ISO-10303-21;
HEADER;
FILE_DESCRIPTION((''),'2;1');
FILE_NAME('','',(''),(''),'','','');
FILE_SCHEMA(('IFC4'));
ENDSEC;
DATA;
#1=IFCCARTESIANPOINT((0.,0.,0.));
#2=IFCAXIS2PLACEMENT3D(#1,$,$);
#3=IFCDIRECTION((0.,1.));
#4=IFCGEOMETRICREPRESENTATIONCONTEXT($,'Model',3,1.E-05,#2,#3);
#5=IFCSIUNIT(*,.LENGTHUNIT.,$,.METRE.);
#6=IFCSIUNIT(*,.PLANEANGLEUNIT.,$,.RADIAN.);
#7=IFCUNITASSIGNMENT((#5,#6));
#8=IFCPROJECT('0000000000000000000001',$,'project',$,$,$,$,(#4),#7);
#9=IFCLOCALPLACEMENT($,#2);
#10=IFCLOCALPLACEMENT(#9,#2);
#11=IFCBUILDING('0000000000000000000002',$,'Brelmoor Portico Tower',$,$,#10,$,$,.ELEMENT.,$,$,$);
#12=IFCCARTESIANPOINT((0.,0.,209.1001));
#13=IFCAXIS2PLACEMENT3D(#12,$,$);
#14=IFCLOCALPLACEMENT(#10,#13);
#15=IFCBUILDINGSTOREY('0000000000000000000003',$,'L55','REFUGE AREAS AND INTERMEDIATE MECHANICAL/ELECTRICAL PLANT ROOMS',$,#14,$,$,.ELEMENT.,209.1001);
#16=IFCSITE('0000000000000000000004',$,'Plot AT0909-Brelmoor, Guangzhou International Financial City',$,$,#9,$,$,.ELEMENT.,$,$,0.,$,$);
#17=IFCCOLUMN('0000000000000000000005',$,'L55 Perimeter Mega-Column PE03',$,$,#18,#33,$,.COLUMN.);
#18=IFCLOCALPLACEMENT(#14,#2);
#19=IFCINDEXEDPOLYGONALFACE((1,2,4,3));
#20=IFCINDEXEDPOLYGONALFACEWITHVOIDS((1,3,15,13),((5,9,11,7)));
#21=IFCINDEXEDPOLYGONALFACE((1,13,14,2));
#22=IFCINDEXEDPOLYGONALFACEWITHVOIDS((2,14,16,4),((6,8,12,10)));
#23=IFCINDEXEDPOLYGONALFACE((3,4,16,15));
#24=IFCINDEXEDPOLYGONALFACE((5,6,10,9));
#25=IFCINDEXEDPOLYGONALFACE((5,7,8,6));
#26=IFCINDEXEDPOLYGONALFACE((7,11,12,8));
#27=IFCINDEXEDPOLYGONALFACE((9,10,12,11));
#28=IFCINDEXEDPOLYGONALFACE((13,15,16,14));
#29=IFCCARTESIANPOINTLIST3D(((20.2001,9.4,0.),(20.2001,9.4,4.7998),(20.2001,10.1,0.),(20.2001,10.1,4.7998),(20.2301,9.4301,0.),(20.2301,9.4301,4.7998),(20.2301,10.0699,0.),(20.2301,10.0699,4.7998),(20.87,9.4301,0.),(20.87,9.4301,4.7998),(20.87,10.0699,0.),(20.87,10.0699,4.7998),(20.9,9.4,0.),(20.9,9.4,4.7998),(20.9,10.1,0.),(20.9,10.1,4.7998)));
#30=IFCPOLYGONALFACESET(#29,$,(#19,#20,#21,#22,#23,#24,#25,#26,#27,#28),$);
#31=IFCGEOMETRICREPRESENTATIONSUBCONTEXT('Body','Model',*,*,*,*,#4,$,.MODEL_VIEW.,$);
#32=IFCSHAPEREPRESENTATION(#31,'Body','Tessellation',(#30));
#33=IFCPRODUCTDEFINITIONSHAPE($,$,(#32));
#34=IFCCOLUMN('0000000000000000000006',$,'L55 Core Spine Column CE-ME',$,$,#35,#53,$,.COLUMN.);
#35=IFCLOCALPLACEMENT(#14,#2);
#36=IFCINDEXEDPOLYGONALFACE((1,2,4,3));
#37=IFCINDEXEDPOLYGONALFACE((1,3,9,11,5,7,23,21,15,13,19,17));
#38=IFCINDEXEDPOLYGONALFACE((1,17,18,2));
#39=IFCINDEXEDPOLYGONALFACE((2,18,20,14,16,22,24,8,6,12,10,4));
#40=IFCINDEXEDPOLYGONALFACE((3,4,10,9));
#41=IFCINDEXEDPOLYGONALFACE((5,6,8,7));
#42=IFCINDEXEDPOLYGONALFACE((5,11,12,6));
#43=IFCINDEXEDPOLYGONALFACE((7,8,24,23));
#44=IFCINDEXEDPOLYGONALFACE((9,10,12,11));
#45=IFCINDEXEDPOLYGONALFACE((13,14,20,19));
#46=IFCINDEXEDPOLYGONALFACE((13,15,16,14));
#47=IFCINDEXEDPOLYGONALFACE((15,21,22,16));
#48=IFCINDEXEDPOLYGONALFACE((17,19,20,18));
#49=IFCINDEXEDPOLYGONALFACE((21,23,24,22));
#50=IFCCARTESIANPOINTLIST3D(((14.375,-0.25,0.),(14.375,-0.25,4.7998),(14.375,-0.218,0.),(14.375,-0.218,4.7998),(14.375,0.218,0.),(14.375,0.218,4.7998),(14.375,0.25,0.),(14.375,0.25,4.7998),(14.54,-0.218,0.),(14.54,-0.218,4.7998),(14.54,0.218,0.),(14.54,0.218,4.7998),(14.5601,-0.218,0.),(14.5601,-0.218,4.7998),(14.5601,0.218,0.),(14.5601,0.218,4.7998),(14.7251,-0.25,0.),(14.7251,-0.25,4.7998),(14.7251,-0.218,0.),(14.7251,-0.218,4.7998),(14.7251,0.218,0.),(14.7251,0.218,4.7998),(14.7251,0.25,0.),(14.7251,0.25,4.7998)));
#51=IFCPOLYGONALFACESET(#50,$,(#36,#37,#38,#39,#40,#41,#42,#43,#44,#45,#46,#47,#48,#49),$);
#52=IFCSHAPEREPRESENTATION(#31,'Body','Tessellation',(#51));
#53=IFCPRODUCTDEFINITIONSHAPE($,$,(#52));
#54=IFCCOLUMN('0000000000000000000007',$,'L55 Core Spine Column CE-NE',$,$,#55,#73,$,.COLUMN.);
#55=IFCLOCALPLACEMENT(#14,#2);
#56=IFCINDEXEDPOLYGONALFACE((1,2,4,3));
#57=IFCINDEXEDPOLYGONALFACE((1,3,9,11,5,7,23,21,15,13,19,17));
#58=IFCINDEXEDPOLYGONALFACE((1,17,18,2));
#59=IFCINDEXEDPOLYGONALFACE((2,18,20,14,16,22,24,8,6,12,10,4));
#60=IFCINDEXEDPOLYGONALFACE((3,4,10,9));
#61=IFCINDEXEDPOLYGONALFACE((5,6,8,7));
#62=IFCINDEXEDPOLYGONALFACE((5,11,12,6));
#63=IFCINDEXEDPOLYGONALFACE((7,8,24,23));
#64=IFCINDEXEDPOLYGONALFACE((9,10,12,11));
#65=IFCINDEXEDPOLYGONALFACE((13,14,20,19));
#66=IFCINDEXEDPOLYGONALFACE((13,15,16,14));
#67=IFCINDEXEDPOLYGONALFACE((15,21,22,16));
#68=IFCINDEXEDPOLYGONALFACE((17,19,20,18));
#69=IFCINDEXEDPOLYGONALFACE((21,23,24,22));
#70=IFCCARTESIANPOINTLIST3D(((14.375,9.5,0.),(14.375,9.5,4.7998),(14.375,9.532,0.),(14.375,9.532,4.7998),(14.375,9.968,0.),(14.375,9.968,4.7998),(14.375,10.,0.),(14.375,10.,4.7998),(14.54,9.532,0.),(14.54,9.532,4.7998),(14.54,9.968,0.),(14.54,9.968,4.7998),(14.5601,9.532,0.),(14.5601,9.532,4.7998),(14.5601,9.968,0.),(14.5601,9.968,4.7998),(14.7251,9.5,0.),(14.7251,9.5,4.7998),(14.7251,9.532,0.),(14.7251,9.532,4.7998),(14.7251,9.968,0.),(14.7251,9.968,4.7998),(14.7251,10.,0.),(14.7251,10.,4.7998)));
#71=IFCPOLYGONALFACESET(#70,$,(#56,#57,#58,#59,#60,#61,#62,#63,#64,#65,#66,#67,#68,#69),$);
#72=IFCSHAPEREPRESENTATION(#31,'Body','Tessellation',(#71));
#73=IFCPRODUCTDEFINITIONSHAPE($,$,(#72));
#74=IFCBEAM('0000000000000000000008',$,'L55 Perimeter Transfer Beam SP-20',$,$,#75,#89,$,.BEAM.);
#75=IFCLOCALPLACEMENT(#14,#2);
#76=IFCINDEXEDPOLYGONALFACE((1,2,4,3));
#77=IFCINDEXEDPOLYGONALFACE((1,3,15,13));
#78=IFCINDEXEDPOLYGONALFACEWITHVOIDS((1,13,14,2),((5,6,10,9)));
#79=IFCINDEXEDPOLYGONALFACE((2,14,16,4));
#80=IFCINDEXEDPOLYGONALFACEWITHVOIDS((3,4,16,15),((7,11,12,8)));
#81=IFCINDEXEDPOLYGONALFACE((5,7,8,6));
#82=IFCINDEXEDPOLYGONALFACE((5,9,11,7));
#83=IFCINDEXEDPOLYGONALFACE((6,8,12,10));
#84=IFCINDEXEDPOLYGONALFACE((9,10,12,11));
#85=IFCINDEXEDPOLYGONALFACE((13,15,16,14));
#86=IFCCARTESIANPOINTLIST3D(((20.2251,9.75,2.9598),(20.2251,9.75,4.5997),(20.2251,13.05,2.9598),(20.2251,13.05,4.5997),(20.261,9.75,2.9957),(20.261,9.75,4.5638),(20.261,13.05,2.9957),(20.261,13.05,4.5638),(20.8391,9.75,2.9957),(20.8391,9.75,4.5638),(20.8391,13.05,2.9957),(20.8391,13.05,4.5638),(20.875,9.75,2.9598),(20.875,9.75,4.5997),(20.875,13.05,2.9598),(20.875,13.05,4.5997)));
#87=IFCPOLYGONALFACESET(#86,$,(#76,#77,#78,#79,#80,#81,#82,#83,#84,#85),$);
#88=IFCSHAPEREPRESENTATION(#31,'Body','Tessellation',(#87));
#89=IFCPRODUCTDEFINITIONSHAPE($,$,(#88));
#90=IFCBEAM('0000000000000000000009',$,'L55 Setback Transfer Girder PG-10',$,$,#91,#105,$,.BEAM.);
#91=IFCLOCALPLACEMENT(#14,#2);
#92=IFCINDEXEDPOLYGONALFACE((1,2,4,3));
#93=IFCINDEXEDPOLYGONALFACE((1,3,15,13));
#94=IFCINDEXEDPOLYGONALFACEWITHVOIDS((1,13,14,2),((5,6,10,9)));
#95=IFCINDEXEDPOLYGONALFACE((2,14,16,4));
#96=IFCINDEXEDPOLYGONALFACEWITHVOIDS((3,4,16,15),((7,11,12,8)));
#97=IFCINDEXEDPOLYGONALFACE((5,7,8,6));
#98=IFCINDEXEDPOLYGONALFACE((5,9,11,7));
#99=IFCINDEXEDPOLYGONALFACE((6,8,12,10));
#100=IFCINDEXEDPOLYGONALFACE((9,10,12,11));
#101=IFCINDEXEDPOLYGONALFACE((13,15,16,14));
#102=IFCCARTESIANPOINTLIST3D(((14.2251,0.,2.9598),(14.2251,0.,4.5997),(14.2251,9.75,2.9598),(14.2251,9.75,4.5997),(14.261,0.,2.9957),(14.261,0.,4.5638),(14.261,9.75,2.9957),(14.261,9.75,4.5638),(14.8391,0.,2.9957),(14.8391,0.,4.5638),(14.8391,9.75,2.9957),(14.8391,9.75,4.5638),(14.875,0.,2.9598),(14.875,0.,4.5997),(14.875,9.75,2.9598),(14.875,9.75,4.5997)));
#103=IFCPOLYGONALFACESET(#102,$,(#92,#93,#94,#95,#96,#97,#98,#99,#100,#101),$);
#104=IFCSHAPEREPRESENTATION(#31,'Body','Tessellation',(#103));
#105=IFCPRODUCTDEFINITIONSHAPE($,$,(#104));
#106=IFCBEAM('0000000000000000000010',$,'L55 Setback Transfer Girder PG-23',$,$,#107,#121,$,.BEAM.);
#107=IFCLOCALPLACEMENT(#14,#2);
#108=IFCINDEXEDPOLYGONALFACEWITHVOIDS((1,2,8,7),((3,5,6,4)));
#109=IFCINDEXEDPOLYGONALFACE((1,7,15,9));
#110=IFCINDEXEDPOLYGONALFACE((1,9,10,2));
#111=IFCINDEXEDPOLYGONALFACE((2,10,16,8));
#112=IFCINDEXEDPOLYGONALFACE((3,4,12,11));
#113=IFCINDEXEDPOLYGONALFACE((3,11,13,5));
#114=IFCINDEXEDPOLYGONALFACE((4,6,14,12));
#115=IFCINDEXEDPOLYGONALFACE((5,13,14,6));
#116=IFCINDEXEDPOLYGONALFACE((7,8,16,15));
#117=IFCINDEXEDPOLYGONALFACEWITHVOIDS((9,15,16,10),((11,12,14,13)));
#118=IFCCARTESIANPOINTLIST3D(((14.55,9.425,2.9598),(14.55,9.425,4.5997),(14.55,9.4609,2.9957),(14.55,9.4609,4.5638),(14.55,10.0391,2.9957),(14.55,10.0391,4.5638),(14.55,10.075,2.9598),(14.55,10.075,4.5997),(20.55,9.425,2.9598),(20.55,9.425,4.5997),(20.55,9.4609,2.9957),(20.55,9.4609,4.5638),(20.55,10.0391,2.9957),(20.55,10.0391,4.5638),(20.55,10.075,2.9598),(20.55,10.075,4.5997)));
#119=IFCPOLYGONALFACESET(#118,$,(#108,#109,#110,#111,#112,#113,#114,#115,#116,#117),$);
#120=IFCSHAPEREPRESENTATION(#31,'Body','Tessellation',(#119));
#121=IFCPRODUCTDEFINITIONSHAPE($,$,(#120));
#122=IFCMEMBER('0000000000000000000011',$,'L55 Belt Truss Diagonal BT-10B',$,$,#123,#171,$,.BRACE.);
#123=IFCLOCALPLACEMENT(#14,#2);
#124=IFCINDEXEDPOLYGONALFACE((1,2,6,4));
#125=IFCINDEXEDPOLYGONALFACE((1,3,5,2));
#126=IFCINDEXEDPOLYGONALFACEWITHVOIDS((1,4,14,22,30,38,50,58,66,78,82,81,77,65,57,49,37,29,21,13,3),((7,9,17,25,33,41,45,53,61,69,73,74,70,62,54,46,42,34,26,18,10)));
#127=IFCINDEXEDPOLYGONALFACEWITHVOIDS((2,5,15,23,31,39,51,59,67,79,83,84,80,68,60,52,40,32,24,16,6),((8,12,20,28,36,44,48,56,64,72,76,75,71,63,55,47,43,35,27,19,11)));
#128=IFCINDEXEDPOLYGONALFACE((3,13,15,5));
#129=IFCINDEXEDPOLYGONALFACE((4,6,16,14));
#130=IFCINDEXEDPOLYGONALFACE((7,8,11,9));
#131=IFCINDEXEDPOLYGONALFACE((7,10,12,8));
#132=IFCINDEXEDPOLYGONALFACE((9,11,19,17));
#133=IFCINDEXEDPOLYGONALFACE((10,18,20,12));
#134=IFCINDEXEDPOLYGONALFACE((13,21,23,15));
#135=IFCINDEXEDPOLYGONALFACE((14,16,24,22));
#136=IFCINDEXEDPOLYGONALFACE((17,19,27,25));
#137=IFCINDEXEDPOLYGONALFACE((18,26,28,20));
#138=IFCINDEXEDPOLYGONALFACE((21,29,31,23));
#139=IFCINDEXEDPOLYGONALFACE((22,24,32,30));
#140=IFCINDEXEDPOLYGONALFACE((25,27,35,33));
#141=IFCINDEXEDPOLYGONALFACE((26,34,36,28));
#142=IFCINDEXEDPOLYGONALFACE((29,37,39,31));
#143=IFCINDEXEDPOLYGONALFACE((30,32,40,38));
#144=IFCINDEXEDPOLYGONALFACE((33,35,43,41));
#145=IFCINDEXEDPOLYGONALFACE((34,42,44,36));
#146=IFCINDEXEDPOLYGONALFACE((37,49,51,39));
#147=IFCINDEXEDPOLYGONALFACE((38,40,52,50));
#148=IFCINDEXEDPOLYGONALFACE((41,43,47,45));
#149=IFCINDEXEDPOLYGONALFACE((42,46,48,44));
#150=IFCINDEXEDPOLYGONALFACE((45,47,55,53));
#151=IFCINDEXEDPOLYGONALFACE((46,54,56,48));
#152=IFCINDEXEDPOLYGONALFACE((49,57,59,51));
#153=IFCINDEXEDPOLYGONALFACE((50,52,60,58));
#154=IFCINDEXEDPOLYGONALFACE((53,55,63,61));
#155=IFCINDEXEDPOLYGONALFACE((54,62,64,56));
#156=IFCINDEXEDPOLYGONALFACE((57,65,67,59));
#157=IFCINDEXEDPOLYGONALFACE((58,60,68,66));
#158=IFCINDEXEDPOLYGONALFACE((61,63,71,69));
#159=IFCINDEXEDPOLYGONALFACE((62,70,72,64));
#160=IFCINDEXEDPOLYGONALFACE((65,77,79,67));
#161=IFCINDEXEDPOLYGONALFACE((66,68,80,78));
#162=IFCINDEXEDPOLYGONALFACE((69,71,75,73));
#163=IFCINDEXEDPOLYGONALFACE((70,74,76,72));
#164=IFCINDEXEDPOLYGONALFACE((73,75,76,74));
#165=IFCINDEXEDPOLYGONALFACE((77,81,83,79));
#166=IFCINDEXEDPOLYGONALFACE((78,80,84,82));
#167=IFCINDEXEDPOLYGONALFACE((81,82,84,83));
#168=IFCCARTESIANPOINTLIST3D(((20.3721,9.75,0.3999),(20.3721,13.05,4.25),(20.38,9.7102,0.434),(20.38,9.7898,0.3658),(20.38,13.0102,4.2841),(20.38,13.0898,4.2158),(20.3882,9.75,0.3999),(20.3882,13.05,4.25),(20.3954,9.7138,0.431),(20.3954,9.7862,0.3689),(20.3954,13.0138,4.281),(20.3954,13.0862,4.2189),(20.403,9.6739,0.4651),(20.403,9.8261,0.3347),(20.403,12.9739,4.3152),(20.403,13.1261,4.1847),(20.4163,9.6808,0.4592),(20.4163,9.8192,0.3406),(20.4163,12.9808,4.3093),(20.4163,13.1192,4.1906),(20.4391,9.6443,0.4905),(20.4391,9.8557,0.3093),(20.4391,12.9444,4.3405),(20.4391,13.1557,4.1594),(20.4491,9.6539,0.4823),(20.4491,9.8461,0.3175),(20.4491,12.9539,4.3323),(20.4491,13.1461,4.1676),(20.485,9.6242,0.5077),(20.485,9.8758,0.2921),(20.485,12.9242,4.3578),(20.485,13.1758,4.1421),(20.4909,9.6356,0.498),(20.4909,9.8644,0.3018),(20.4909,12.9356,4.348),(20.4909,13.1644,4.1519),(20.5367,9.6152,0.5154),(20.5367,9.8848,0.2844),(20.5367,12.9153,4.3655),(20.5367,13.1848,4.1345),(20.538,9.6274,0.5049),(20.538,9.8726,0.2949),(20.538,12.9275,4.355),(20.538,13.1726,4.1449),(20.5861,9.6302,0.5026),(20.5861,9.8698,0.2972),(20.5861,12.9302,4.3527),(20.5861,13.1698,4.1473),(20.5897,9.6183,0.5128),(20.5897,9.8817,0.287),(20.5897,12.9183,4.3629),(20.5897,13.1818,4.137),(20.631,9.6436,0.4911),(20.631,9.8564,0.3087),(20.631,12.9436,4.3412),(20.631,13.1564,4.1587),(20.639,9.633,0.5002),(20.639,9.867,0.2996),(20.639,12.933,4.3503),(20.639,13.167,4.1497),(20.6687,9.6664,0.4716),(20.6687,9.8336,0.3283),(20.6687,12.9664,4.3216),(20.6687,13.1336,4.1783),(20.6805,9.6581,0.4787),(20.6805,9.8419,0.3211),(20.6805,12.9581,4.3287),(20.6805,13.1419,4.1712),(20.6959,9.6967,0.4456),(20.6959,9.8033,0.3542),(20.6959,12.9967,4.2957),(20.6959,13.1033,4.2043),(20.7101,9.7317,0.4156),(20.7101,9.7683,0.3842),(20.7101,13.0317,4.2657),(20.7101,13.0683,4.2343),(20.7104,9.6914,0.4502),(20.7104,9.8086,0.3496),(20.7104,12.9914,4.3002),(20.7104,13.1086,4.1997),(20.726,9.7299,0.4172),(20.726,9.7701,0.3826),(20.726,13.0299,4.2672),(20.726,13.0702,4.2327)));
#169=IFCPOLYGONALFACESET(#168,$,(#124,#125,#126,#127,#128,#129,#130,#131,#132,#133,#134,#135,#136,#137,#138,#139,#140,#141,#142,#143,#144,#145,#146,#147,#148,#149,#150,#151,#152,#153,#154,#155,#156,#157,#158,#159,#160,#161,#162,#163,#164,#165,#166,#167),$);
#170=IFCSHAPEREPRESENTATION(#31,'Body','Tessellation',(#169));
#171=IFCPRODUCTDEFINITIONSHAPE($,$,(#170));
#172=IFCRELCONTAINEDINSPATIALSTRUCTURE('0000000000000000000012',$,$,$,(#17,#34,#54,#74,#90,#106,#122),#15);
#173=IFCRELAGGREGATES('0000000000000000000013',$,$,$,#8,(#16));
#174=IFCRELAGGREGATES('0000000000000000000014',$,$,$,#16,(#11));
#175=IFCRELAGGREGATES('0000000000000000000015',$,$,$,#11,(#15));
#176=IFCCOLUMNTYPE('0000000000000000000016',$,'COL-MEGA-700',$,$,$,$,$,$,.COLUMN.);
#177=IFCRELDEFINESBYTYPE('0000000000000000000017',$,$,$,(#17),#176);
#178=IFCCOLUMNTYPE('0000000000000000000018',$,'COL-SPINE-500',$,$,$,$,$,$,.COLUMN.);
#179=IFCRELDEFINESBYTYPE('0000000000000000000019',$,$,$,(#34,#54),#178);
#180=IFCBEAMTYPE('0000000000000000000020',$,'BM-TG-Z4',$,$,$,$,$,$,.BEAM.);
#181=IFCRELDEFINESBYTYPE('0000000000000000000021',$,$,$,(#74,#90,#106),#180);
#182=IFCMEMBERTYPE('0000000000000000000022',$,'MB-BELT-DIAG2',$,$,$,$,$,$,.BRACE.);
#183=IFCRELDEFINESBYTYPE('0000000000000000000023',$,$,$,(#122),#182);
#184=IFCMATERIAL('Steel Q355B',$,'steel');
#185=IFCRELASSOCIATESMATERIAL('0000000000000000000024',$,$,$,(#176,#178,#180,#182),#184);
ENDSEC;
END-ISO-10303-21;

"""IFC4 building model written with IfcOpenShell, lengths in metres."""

from ifc_helpers import new_model, si_unit, direction, frame, origin, origin_2d, place, context, subcontext, project, spatial, hollow_rectangle, hollow_circle, i_section, extrude, material, material_profile, profile_set, type_object, element, save


model = new_model("IFC4")

# Units and contexts
model_context = context("Model", 3, precision=1e-05, world=origin(), true_north=direction((0.0, 1.0)))
body_context = subcontext(model_context, "Body", "Model", "MODEL_VIEW")
ifc_project = project(units=[si_unit("LENGTHUNIT", "METRE"), si_unit("PLANEANGLEUNIT", "RADIAN")], contexts=[model_context])

# Site, building, storey
site_placement = place(None, origin())
site = spatial("IfcSite", under=ifc_project, at=site_placement, Name="Plot AT0909-Brelmoor, Guangzhou International Financial City", CompositionType="ELEMENT", RefElevation=0.0)
building_placement = place(site_placement, origin())
building = spatial("IfcBuilding", under=site, at=building_placement, Name="Brelmoor Portico Tower", CompositionType="ELEMENT")
storey_placement = place(building_placement, frame((0.0, 0.0, 209.1001)))
storey = spatial("IfcBuildingStorey", under=building, at=storey_placement, Name="L55", Description="REFUGE AREAS AND INTERMEDIATE MECHANICAL/ELECTRICAL PLANT ROOMS", CompositionType="ELEMENT", Elevation=209.1001)

# Columns
ifc_material_1 = material(Name="Steel Q355B", Category="steel")
ifc_material_profile_1 = material_profile(ifc_material_1, hollow_rectangle(XDim=0.7, YDim=0.7, WallThickness=0.03, at=origin_2d()), Name="BOX 700x700x30")
ifc_profile_set_1 = profile_set([ifc_material_profile_1], Name="Steel Q355B")
column_type_1 = type_object("IfcColumnType", Name="COL-MEGA-700", PredefinedType="COLUMN", material=ifc_profile_set_1)
column_placement = place(storey_placement, frame((20.55, 9.75, 0.0), z_axis=(0.0, 0.0, 1.0), x_axis=(0.0, 1.0, 0.0)))
element("IfcColumn", 1, at=column_placement, inside=storey, type_object=column_type_1, Name="L55 Perimeter Mega-Column PE03", PredefinedType="COLUMN", context=body_context, shape_type="SweptSolid", body=[
    extrude(hollow_rectangle(XDim=0.7, YDim=0.7, WallThickness=0.03, at=origin_2d()), origin(), (0.0, 0.0, 1.0), 4.7998),
])
ifc_material_profile_2 = material_profile(ifc_material_1, i_section(OverallWidth=0.3501, OverallDepth=0.5, WebThickness=0.02, FlangeThickness=0.032, at=origin_2d()), Name="HW 500x350x20x32")
ifc_profile_set_2 = profile_set([ifc_material_profile_2], Name="Steel Q355B")
column_type_2 = type_object("IfcColumnType", Name="COL-SPINE-500", PredefinedType="COLUMN", material=ifc_profile_set_2)
for number, where, z_axis, x_axis, name in (
    (2, (14.55, 0.0, 0.0), (0.0, 0.0, 1.0), (1.0, 0.0, 0.0), "L55 Core Spine Column CE-ME"),
    (3, (14.55, 9.75, 0.0), (0.0, 0.0, 1.0), (1.0, 0.0, 0.0), "L55 Core Spine Column CE-NE"),
):
    element("IfcColumn", number, at=place(storey_placement, frame(where, z_axis=z_axis, x_axis=x_axis)), inside=storey, type_object=column_type_2, Name=name, PredefinedType="COLUMN", context=body_context, shape_type="SweptSolid", body=[
        extrude(i_section(OverallWidth=0.3501, OverallDepth=0.5, WebThickness=0.02, FlangeThickness=0.032, at=origin_2d()), origin(), (0.0, 0.0, 1.0), 4.7998),
    ])

# Beams
ifc_material_profile_3 = material_profile(ifc_material_1, hollow_rectangle(XDim=0.6499, YDim=1.6399, WallThickness=0.0359, at=origin_2d()), Name="BOX 650x1640x36")
ifc_profile_set_3 = profile_set([ifc_material_profile_3], Name="Steel Q355B")
beam_type = type_object("IfcBeamType", Name="BM-TG-Z4", PredefinedType="BEAM", material=ifc_profile_set_3)
beam_1_placement = place(storey_placement, frame((20.55, 9.75, 3.7798), z_axis=(0.0, 1.0, 0.0), x_axis=(-1.0, 0.0, 0.0)))
element("IfcBeam", 4, at=beam_1_placement, inside=storey, type_object=beam_type, Name="L55 Perimeter Transfer Beam SP-20", PredefinedType="BEAM", context=body_context, shape_type="SweptSolid", body=[
    extrude(hollow_rectangle(XDim=0.6499, YDim=1.6399, WallThickness=0.0359, at=origin_2d()), origin(), (0.0, 0.0, 1.0), 3.3),
])
beam_2_placement = place(storey_placement, frame((14.55, 0.0, 3.7798), z_axis=(0.0, 1.0, 0.0), x_axis=(-1.0, 0.0, 0.0)))
element("IfcBeam", 5, at=beam_2_placement, inside=storey, type_object=beam_type, Name="L55 Setback Transfer Girder PG-10", PredefinedType="BEAM", context=body_context, shape_type="SweptSolid", body=[
    extrude(hollow_rectangle(XDim=0.6499, YDim=1.6399, WallThickness=0.0359, at=origin_2d()), origin(), (0.0, 0.0, 1.0), 9.75),
])
beam_3_placement = place(storey_placement, frame((14.55, 9.75, 3.7798), z_axis=(1.0, 0.0, 0.0), x_axis=(0.0, 1.0, 0.0)))
element("IfcBeam", 6, at=beam_3_placement, inside=storey, type_object=beam_type, Name="L55 Setback Transfer Girder PG-23", PredefinedType="BEAM", context=body_context, shape_type="SweptSolid", body=[
    extrude(hollow_rectangle(XDim=0.6499, YDim=1.6399, WallThickness=0.0359, at=origin_2d()), origin(), (0.0, 0.0, 1.0), 6.0),
])

# Member
ifc_material_profile_4 = material_profile(ifc_material_1, hollow_circle(Radius=0.178, WallThickness=0.0161, at=origin_2d()), Name="CHS 356x16")
ifc_profile_set_4 = profile_set([ifc_material_profile_4], Name="Steel Q355B")
member_type_1 = type_object("IfcMemberType", Name="MB-BELT-DIAG2", PredefinedType="BRACE", material=ifc_profile_set_4)
member_1_placement = place(storey_placement, frame((20.55, 9.75, 0.3999), z_axis=(0.0, 0.650787, 0.75926), x_axis=(-1.0, 0.0, 0.0)))
element("IfcMember", 7, at=member_1_placement, inside=storey, type_object=member_type_1, Name="L55 Belt Truss Diagonal BT-10B", PredefinedType="BRACE", context=body_context, shape_type="SweptSolid", body=[
    extrude(hollow_circle(Radius=0.178, WallThickness=0.0161, at=origin_2d()), origin(), (0.0, 0.0, 1.0), 5.0708),
])

save(model, "model.ifc")
